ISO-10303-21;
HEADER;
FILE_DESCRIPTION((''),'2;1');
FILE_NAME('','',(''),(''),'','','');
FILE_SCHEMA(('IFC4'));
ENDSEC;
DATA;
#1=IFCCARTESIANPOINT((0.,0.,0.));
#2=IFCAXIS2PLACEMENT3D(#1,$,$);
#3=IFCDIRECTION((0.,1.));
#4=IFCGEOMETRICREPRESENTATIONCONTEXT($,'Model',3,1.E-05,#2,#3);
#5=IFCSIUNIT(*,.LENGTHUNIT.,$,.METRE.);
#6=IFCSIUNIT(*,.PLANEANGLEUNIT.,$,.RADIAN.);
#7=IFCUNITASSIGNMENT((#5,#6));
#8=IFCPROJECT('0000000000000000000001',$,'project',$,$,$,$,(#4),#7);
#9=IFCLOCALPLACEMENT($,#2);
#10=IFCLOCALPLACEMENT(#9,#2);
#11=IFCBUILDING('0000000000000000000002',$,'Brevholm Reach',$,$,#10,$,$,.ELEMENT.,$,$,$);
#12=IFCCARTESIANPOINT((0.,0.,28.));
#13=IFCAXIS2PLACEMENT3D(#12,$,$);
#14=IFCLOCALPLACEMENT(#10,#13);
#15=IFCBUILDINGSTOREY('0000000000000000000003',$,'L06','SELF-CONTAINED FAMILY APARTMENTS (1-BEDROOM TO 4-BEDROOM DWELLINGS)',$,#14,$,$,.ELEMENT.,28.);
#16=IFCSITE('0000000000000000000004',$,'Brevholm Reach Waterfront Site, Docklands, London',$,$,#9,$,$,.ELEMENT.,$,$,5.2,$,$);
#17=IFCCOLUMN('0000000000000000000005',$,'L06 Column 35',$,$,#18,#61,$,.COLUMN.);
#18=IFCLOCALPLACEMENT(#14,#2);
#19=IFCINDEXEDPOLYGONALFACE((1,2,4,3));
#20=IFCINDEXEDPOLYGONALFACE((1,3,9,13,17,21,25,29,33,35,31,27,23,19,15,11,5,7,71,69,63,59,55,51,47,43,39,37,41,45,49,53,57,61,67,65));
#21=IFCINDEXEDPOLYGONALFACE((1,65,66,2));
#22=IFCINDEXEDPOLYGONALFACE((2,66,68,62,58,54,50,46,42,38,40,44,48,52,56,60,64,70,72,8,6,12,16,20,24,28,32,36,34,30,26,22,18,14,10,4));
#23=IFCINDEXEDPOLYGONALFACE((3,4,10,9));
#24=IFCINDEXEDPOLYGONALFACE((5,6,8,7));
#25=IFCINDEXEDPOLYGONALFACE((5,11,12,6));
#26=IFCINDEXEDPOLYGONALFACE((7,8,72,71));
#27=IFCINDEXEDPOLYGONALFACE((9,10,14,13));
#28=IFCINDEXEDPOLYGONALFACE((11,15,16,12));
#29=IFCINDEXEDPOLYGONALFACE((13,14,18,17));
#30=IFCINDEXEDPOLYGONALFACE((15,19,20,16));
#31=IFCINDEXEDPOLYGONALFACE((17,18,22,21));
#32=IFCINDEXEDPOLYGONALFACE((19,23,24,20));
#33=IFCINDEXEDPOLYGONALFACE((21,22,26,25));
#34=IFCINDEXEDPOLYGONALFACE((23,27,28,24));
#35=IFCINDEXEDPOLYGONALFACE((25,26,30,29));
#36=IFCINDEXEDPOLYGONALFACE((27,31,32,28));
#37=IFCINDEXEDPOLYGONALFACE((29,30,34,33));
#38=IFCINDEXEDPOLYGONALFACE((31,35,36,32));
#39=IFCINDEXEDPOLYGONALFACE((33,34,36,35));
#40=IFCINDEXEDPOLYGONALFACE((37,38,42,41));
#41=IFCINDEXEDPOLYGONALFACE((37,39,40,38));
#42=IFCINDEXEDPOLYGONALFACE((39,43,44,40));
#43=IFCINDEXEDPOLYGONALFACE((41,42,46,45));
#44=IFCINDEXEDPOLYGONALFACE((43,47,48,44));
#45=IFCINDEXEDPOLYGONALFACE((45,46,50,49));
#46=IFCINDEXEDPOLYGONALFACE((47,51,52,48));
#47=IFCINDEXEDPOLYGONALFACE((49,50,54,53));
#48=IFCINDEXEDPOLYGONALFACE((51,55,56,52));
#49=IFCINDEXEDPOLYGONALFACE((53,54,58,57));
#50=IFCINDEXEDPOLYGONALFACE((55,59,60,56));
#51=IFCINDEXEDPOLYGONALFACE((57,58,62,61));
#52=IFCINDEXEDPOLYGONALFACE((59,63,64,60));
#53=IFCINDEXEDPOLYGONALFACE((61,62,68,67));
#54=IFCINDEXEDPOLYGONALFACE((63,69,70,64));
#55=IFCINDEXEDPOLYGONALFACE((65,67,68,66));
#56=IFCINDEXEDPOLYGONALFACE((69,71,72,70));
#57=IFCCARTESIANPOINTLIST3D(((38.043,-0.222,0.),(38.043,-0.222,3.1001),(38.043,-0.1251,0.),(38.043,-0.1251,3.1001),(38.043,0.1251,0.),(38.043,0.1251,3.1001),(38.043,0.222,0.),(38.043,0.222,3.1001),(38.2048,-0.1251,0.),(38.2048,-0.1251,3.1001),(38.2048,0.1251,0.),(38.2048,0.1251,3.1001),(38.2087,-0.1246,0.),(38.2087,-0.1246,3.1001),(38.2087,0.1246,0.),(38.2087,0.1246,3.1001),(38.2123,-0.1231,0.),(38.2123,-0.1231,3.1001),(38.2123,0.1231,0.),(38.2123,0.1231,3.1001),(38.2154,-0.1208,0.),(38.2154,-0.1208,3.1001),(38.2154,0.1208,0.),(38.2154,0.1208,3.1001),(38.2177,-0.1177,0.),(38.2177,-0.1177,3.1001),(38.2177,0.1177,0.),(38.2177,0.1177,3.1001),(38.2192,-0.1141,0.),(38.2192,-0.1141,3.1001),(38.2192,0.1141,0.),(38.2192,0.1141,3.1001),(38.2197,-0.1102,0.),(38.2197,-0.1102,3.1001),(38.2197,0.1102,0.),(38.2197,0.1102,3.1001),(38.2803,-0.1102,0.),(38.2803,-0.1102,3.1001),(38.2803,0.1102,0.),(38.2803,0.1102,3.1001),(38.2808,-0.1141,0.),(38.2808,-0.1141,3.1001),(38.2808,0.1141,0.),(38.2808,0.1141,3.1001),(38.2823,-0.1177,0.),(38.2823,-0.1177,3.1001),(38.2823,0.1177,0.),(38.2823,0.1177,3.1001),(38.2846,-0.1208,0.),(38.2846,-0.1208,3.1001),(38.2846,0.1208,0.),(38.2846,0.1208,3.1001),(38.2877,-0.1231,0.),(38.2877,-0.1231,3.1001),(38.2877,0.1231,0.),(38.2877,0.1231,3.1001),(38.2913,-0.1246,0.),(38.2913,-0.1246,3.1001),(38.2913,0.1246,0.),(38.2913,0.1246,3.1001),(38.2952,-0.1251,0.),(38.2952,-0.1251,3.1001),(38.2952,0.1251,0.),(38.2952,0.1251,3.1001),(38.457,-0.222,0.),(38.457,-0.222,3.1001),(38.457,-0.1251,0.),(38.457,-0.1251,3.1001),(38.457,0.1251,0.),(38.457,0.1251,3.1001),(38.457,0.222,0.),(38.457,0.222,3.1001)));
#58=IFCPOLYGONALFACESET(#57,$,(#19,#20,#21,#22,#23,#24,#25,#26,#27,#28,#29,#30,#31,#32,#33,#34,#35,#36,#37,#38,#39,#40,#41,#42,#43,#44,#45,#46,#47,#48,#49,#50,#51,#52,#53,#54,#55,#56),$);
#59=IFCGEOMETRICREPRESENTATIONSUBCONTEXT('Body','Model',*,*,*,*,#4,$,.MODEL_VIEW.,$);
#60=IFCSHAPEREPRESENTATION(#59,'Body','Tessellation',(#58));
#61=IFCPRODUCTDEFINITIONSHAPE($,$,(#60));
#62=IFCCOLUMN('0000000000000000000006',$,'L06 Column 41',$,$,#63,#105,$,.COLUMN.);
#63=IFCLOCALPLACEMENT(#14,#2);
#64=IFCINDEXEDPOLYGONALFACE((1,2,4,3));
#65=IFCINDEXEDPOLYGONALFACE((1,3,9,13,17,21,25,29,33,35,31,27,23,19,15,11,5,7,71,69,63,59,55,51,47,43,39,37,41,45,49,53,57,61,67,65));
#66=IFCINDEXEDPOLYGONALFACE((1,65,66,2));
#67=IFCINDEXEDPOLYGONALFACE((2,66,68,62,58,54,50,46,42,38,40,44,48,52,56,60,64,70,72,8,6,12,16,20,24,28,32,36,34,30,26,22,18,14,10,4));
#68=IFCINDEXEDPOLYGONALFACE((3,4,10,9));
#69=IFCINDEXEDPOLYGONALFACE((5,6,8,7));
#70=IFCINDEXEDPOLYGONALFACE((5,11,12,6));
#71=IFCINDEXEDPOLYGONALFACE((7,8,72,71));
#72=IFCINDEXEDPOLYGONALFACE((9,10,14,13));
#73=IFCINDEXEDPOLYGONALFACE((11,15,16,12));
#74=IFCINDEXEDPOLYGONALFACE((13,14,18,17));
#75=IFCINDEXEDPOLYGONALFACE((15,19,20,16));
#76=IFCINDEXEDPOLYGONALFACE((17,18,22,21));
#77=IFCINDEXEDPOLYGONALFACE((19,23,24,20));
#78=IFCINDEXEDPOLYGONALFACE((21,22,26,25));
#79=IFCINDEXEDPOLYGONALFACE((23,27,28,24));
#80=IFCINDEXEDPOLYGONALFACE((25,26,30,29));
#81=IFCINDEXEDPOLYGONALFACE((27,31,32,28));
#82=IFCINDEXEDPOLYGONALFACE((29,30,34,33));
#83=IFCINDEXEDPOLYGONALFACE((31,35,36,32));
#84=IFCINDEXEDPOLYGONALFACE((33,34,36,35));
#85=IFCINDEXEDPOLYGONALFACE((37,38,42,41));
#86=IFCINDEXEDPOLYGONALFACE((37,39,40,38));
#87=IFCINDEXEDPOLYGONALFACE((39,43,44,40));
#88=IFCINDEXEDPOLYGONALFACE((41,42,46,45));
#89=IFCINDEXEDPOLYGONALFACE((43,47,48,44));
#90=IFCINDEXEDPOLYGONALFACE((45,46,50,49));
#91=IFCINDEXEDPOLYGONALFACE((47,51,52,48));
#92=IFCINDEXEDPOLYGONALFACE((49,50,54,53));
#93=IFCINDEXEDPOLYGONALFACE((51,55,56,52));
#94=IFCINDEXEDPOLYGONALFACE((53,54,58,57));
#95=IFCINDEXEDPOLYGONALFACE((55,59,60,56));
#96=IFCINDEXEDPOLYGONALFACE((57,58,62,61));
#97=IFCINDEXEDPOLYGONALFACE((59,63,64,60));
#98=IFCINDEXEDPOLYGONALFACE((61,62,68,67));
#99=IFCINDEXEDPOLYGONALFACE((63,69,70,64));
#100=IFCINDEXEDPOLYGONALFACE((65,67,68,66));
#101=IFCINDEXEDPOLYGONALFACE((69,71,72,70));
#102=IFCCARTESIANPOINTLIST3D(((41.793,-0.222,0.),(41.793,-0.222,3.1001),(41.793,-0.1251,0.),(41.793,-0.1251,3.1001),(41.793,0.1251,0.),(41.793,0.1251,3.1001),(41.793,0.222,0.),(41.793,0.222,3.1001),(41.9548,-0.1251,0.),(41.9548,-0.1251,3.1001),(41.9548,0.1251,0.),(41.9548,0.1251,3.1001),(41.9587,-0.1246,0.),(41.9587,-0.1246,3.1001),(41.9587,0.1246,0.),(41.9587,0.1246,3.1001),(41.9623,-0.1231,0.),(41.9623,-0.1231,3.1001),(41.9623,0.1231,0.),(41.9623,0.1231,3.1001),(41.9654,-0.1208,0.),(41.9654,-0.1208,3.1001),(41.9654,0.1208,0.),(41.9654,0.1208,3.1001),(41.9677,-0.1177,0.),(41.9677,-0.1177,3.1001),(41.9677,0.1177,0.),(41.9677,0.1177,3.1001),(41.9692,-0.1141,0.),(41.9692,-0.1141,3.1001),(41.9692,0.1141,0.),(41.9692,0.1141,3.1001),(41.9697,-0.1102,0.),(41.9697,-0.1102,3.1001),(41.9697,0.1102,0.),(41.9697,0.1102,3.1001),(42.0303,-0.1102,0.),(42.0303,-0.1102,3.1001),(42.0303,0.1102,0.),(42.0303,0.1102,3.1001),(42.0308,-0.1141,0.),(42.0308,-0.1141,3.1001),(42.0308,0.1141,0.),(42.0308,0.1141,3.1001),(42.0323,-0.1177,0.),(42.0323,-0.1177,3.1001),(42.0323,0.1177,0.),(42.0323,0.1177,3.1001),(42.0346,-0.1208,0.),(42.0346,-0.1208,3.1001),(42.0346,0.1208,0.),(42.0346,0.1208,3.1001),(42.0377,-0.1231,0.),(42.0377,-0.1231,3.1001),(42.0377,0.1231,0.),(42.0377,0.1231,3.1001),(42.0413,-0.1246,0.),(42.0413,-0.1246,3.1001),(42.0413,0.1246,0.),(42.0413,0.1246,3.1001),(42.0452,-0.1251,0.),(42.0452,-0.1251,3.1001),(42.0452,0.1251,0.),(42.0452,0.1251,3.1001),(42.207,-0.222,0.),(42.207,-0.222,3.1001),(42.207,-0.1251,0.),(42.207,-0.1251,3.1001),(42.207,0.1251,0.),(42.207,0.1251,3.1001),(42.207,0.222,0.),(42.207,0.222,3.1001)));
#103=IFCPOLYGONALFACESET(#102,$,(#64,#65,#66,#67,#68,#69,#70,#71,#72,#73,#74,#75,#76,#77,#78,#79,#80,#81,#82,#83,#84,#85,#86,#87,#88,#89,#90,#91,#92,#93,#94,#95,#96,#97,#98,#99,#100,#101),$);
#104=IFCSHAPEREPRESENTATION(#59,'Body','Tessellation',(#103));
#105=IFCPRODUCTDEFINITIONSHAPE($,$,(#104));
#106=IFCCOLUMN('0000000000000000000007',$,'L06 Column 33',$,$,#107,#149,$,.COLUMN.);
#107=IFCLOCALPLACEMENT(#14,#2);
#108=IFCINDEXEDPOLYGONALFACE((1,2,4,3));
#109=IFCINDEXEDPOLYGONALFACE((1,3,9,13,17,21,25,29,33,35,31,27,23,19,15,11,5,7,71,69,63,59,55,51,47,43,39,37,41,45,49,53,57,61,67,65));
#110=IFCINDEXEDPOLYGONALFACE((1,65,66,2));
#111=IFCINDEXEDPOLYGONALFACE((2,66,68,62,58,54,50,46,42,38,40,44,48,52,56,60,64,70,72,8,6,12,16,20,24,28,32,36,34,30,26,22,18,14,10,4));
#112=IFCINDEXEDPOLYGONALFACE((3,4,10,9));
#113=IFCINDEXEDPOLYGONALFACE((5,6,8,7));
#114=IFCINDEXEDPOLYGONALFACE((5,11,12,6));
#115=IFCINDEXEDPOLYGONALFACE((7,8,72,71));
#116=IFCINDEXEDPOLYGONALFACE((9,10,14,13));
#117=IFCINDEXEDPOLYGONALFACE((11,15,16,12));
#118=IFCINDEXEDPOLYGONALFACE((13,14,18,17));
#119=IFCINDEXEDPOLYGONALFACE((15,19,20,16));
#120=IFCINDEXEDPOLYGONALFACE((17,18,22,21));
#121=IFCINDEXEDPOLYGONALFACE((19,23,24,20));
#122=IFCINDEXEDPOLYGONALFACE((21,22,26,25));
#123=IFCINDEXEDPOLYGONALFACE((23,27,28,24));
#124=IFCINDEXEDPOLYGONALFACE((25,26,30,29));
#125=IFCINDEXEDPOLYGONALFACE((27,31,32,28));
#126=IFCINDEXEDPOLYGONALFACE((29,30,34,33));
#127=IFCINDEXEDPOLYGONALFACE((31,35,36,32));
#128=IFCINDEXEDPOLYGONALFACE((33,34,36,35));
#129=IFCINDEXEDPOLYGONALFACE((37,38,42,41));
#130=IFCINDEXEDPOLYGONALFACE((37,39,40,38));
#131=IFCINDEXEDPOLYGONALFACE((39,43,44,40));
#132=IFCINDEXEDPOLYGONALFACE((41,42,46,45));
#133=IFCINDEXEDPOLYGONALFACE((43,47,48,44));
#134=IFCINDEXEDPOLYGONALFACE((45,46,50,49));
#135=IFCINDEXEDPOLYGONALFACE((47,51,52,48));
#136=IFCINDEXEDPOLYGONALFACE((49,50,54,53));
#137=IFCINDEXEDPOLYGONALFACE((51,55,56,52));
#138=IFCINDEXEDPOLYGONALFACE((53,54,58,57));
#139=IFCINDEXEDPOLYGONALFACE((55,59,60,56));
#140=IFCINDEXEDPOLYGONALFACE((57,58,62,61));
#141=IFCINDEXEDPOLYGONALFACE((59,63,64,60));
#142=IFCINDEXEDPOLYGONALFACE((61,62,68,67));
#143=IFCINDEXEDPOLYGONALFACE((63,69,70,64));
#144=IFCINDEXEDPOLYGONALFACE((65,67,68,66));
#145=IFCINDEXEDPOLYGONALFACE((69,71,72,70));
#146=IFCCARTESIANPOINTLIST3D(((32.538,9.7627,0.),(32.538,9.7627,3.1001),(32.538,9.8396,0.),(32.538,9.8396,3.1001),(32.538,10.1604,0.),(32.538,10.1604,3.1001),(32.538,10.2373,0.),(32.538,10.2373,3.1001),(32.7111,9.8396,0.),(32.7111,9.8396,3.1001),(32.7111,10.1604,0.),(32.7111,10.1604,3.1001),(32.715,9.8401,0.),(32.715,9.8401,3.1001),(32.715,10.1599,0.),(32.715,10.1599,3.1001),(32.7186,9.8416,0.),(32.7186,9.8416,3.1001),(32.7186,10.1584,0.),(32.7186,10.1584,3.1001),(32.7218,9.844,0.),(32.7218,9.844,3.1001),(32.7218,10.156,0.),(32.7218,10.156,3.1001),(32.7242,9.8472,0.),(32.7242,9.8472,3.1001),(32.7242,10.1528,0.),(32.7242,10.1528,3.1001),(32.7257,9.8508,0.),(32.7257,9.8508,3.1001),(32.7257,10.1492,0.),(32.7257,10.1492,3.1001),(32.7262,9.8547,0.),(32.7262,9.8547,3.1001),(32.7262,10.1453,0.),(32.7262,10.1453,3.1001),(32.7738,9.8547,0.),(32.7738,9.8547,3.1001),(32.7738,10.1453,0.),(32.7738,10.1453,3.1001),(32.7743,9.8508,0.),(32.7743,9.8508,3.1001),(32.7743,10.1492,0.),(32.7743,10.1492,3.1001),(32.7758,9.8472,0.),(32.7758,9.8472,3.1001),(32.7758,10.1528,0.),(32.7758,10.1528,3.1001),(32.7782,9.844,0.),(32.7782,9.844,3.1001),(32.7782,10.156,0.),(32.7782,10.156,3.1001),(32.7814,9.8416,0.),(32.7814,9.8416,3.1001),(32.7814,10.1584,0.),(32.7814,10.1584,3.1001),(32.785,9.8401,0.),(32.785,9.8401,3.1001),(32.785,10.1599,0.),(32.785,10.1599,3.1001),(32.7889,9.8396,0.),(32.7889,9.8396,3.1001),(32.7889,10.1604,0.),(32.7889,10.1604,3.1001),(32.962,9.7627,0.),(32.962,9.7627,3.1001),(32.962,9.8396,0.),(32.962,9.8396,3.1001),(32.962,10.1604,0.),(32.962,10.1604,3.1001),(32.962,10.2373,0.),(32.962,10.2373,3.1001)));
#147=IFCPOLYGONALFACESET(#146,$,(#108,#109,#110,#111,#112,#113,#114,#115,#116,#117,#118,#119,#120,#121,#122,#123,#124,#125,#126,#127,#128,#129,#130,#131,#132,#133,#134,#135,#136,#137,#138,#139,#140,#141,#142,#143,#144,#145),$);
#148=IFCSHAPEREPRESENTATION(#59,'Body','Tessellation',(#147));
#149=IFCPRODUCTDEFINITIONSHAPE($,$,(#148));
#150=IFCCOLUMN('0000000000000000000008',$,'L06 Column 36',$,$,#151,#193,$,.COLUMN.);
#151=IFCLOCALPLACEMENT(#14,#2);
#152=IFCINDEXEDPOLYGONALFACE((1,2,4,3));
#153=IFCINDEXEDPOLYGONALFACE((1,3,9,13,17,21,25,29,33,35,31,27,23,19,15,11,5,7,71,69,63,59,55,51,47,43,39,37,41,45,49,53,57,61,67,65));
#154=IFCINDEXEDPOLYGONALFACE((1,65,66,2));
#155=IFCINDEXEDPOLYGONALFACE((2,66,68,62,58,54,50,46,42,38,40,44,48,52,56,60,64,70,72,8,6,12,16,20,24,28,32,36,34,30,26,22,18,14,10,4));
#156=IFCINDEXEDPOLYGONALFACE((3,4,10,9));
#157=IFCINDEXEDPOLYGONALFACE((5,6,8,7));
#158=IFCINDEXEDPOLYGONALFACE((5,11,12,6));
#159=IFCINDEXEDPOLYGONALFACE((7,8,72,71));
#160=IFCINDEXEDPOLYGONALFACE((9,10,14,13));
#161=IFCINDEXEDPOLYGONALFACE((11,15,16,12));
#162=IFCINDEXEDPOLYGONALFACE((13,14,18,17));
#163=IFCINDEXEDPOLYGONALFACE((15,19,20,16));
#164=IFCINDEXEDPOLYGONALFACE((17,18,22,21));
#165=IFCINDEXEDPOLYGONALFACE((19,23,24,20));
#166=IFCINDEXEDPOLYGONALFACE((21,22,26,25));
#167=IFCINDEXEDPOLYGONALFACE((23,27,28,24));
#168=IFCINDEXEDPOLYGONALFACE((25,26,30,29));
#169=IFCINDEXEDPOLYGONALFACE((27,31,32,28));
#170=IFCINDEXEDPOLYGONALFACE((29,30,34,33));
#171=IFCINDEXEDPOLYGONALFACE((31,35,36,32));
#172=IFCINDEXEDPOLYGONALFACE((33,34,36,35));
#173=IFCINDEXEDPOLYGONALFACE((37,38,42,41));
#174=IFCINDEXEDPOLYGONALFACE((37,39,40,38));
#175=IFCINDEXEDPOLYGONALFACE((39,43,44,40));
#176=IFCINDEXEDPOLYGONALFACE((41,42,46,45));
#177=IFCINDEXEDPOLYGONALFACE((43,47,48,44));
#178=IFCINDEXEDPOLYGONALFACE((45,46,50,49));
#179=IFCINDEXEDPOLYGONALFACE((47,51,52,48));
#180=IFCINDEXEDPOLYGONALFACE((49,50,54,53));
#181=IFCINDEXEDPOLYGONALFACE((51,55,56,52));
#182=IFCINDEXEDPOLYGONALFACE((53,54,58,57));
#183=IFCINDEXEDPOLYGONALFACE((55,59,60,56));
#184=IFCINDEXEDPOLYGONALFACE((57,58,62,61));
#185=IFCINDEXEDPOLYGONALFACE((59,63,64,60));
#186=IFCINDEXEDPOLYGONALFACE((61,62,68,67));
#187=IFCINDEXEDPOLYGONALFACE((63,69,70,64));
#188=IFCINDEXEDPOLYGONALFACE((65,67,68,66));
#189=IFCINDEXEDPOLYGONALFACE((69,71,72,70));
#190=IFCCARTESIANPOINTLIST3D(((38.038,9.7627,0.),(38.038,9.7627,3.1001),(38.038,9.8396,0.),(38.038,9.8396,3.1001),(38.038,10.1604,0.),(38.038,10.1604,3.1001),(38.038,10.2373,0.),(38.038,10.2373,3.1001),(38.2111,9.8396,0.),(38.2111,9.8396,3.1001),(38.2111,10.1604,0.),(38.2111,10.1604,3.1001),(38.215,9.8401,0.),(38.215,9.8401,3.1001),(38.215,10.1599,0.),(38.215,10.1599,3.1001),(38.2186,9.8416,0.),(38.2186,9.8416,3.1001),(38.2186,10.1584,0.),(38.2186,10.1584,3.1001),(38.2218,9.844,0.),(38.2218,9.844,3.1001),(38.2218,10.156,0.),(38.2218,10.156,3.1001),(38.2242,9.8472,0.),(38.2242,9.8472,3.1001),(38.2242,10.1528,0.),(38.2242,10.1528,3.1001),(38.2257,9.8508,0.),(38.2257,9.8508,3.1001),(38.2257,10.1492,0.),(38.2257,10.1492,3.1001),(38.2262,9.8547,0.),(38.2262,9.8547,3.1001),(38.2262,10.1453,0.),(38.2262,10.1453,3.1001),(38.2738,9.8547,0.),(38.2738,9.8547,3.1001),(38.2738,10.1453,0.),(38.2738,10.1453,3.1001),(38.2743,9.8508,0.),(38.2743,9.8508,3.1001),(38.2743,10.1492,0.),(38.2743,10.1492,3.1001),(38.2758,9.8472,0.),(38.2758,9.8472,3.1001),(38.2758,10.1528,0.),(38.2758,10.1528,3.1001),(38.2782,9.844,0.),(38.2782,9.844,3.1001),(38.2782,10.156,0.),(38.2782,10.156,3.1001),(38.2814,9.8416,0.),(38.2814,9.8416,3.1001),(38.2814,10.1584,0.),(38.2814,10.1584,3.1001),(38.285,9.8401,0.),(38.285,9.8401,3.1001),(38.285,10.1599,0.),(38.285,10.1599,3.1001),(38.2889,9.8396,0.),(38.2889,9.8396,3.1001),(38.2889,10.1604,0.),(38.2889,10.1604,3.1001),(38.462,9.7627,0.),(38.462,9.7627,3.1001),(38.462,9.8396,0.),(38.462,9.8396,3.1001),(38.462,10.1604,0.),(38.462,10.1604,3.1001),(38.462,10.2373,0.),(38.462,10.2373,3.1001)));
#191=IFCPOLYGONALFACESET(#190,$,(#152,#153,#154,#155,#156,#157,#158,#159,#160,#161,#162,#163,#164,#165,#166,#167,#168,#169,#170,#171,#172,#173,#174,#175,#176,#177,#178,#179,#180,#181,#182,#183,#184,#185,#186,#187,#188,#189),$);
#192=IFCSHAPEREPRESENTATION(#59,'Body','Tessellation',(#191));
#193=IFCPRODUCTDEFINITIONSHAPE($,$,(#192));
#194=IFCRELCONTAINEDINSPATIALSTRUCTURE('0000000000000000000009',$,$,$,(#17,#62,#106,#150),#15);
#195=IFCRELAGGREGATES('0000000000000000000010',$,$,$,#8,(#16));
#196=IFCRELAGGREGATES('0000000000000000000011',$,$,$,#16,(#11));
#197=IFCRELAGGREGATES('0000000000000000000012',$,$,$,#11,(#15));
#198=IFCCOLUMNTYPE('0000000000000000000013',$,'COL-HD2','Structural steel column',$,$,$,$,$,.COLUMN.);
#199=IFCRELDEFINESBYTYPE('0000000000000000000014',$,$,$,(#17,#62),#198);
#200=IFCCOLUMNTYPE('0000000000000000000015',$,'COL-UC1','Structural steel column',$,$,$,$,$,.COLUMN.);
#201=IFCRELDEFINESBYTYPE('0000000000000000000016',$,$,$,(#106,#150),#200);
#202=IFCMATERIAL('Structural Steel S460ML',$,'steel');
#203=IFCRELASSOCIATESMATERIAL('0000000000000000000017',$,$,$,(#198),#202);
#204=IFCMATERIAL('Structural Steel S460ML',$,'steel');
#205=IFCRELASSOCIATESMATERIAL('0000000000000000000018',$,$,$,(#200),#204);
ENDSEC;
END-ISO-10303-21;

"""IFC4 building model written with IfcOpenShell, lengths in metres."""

from ifc_helpers import new_model, si_unit, direction, frame, origin, origin_2d, place, context, subcontext, project, spatial, i_section, extrude, material, material_profile, profile_set, type_object, element, save


model = new_model("IFC4")

# Units and contexts
model_context = context("Model", 3, precision=1e-05, world=origin(), true_north=direction((0.0, 1.0)))
body_context = subcontext(model_context, "Body", "Model", "MODEL_VIEW")
ifc_project = project(units=[si_unit("LENGTHUNIT", "METRE"), si_unit("PLANEANGLEUNIT", "RADIAN")], contexts=[model_context])

# Site, building, storey
site_placement = place(None, origin())
site = spatial("IfcSite", under=ifc_project, at=site_placement, Name="Brevholm Reach Waterfront Site, Docklands, London", CompositionType="ELEMENT", RefElevation=5.2)
building_placement = place(site_placement, origin())
building = spatial("IfcBuilding", under=site, at=building_placement, Name="Brevholm Reach", CompositionType="ELEMENT")
storey_placement = place(building_placement, frame((0.0, 0.0, 28.0)))
storey = spatial("IfcBuildingStorey", under=building, at=storey_placement, Name="L06", Description="SELF-CONTAINED FAMILY APARTMENTS (1-BEDROOM TO 4-BEDROOM DWELLINGS)", CompositionType="ELEMENT", Elevation=28.0)

# Columns
ifc_material_1 = material(Name="Structural Steel S460ML", Category="steel")
ifc_material_profile_1 = material_profile(ifc_material_1, i_section(OverallWidth=0.4141, OverallDepth=0.4441, WebThickness=0.0605, FlangeThickness=0.0969, FilletRadius=0.0149, at=origin_2d()), Name="HD 400x818")
ifc_profile_set_1 = profile_set([ifc_material_profile_1], Name="Structural Steel S460ML")
column_type_1 = type_object("IfcColumnType", Name="COL-HD2", Description="Structural steel column", PredefinedType="COLUMN", material=ifc_profile_set_1)
for number, where, z_axis, x_axis, name in (
    (1, (38.25, 0.0, 0.0), (0.0, 0.0, 1.0), (1.0, 0.0, 0.0), "L06 Column 35"),
    (2, (42.0, 0.0, 0.0), (0.0, 0.0, 1.0), (1.0, 0.0, 0.0), "L06 Column 41"),
):
    element("IfcColumn", number, at=place(storey_placement, frame(where, z_axis=z_axis, x_axis=x_axis)), inside=storey, type_object=column_type_1, Name=name, PredefinedType="COLUMN", context=body_context, shape_type="SweptSolid", body=[
        extrude(i_section(OverallWidth=0.4141, OverallDepth=0.4441, WebThickness=0.0605, FlangeThickness=0.0969, FilletRadius=0.0149, at=origin_2d()), origin(), (0.0, 0.0, 1.0), 3.1001),
    ])
ifc_material_2 = material(Name="Structural Steel S460ML", Category="steel")
ifc_material_profile_2 = material_profile(ifc_material_2, i_section(OverallWidth=0.4241, OverallDepth=0.4746, WebThickness=0.0476, FlangeThickness=0.0769, FilletRadius=0.0151, at=origin_2d()), Name="UKC 356x406x634")
ifc_profile_set_2 = profile_set([ifc_material_profile_2], Name="Structural Steel S460ML")
column_type_2 = type_object("IfcColumnType", Name="COL-UC1", Description="Structural steel column", PredefinedType="COLUMN", material=ifc_profile_set_2)
for number, where, z_axis, x_axis, name in (
    (3, (32.75, 10.0, 0.0), (0.0, 0.0, 1.0), (1.0, 0.0, 0.0), "L06 Column 33"),
    (4, (38.25, 10.0, 0.0), (0.0, 0.0, 1.0), (1.0, 0.0, 0.0), "L06 Column 36"),
):
    element("IfcColumn", number, at=place(storey_placement, frame(where, z_axis=z_axis, x_axis=x_axis)), inside=storey, type_object=column_type_2, Name=name, PredefinedType="COLUMN", context=body_context, shape_type="SweptSolid", body=[
        extrude(i_section(OverallWidth=0.4241, OverallDepth=0.4746, WebThickness=0.0476, FlangeThickness=0.0769, FilletRadius=0.0151, at=origin_2d()), origin(), (0.0, 0.0, 1.0), 3.1001),
    ])

save(model, "model.ifc")
